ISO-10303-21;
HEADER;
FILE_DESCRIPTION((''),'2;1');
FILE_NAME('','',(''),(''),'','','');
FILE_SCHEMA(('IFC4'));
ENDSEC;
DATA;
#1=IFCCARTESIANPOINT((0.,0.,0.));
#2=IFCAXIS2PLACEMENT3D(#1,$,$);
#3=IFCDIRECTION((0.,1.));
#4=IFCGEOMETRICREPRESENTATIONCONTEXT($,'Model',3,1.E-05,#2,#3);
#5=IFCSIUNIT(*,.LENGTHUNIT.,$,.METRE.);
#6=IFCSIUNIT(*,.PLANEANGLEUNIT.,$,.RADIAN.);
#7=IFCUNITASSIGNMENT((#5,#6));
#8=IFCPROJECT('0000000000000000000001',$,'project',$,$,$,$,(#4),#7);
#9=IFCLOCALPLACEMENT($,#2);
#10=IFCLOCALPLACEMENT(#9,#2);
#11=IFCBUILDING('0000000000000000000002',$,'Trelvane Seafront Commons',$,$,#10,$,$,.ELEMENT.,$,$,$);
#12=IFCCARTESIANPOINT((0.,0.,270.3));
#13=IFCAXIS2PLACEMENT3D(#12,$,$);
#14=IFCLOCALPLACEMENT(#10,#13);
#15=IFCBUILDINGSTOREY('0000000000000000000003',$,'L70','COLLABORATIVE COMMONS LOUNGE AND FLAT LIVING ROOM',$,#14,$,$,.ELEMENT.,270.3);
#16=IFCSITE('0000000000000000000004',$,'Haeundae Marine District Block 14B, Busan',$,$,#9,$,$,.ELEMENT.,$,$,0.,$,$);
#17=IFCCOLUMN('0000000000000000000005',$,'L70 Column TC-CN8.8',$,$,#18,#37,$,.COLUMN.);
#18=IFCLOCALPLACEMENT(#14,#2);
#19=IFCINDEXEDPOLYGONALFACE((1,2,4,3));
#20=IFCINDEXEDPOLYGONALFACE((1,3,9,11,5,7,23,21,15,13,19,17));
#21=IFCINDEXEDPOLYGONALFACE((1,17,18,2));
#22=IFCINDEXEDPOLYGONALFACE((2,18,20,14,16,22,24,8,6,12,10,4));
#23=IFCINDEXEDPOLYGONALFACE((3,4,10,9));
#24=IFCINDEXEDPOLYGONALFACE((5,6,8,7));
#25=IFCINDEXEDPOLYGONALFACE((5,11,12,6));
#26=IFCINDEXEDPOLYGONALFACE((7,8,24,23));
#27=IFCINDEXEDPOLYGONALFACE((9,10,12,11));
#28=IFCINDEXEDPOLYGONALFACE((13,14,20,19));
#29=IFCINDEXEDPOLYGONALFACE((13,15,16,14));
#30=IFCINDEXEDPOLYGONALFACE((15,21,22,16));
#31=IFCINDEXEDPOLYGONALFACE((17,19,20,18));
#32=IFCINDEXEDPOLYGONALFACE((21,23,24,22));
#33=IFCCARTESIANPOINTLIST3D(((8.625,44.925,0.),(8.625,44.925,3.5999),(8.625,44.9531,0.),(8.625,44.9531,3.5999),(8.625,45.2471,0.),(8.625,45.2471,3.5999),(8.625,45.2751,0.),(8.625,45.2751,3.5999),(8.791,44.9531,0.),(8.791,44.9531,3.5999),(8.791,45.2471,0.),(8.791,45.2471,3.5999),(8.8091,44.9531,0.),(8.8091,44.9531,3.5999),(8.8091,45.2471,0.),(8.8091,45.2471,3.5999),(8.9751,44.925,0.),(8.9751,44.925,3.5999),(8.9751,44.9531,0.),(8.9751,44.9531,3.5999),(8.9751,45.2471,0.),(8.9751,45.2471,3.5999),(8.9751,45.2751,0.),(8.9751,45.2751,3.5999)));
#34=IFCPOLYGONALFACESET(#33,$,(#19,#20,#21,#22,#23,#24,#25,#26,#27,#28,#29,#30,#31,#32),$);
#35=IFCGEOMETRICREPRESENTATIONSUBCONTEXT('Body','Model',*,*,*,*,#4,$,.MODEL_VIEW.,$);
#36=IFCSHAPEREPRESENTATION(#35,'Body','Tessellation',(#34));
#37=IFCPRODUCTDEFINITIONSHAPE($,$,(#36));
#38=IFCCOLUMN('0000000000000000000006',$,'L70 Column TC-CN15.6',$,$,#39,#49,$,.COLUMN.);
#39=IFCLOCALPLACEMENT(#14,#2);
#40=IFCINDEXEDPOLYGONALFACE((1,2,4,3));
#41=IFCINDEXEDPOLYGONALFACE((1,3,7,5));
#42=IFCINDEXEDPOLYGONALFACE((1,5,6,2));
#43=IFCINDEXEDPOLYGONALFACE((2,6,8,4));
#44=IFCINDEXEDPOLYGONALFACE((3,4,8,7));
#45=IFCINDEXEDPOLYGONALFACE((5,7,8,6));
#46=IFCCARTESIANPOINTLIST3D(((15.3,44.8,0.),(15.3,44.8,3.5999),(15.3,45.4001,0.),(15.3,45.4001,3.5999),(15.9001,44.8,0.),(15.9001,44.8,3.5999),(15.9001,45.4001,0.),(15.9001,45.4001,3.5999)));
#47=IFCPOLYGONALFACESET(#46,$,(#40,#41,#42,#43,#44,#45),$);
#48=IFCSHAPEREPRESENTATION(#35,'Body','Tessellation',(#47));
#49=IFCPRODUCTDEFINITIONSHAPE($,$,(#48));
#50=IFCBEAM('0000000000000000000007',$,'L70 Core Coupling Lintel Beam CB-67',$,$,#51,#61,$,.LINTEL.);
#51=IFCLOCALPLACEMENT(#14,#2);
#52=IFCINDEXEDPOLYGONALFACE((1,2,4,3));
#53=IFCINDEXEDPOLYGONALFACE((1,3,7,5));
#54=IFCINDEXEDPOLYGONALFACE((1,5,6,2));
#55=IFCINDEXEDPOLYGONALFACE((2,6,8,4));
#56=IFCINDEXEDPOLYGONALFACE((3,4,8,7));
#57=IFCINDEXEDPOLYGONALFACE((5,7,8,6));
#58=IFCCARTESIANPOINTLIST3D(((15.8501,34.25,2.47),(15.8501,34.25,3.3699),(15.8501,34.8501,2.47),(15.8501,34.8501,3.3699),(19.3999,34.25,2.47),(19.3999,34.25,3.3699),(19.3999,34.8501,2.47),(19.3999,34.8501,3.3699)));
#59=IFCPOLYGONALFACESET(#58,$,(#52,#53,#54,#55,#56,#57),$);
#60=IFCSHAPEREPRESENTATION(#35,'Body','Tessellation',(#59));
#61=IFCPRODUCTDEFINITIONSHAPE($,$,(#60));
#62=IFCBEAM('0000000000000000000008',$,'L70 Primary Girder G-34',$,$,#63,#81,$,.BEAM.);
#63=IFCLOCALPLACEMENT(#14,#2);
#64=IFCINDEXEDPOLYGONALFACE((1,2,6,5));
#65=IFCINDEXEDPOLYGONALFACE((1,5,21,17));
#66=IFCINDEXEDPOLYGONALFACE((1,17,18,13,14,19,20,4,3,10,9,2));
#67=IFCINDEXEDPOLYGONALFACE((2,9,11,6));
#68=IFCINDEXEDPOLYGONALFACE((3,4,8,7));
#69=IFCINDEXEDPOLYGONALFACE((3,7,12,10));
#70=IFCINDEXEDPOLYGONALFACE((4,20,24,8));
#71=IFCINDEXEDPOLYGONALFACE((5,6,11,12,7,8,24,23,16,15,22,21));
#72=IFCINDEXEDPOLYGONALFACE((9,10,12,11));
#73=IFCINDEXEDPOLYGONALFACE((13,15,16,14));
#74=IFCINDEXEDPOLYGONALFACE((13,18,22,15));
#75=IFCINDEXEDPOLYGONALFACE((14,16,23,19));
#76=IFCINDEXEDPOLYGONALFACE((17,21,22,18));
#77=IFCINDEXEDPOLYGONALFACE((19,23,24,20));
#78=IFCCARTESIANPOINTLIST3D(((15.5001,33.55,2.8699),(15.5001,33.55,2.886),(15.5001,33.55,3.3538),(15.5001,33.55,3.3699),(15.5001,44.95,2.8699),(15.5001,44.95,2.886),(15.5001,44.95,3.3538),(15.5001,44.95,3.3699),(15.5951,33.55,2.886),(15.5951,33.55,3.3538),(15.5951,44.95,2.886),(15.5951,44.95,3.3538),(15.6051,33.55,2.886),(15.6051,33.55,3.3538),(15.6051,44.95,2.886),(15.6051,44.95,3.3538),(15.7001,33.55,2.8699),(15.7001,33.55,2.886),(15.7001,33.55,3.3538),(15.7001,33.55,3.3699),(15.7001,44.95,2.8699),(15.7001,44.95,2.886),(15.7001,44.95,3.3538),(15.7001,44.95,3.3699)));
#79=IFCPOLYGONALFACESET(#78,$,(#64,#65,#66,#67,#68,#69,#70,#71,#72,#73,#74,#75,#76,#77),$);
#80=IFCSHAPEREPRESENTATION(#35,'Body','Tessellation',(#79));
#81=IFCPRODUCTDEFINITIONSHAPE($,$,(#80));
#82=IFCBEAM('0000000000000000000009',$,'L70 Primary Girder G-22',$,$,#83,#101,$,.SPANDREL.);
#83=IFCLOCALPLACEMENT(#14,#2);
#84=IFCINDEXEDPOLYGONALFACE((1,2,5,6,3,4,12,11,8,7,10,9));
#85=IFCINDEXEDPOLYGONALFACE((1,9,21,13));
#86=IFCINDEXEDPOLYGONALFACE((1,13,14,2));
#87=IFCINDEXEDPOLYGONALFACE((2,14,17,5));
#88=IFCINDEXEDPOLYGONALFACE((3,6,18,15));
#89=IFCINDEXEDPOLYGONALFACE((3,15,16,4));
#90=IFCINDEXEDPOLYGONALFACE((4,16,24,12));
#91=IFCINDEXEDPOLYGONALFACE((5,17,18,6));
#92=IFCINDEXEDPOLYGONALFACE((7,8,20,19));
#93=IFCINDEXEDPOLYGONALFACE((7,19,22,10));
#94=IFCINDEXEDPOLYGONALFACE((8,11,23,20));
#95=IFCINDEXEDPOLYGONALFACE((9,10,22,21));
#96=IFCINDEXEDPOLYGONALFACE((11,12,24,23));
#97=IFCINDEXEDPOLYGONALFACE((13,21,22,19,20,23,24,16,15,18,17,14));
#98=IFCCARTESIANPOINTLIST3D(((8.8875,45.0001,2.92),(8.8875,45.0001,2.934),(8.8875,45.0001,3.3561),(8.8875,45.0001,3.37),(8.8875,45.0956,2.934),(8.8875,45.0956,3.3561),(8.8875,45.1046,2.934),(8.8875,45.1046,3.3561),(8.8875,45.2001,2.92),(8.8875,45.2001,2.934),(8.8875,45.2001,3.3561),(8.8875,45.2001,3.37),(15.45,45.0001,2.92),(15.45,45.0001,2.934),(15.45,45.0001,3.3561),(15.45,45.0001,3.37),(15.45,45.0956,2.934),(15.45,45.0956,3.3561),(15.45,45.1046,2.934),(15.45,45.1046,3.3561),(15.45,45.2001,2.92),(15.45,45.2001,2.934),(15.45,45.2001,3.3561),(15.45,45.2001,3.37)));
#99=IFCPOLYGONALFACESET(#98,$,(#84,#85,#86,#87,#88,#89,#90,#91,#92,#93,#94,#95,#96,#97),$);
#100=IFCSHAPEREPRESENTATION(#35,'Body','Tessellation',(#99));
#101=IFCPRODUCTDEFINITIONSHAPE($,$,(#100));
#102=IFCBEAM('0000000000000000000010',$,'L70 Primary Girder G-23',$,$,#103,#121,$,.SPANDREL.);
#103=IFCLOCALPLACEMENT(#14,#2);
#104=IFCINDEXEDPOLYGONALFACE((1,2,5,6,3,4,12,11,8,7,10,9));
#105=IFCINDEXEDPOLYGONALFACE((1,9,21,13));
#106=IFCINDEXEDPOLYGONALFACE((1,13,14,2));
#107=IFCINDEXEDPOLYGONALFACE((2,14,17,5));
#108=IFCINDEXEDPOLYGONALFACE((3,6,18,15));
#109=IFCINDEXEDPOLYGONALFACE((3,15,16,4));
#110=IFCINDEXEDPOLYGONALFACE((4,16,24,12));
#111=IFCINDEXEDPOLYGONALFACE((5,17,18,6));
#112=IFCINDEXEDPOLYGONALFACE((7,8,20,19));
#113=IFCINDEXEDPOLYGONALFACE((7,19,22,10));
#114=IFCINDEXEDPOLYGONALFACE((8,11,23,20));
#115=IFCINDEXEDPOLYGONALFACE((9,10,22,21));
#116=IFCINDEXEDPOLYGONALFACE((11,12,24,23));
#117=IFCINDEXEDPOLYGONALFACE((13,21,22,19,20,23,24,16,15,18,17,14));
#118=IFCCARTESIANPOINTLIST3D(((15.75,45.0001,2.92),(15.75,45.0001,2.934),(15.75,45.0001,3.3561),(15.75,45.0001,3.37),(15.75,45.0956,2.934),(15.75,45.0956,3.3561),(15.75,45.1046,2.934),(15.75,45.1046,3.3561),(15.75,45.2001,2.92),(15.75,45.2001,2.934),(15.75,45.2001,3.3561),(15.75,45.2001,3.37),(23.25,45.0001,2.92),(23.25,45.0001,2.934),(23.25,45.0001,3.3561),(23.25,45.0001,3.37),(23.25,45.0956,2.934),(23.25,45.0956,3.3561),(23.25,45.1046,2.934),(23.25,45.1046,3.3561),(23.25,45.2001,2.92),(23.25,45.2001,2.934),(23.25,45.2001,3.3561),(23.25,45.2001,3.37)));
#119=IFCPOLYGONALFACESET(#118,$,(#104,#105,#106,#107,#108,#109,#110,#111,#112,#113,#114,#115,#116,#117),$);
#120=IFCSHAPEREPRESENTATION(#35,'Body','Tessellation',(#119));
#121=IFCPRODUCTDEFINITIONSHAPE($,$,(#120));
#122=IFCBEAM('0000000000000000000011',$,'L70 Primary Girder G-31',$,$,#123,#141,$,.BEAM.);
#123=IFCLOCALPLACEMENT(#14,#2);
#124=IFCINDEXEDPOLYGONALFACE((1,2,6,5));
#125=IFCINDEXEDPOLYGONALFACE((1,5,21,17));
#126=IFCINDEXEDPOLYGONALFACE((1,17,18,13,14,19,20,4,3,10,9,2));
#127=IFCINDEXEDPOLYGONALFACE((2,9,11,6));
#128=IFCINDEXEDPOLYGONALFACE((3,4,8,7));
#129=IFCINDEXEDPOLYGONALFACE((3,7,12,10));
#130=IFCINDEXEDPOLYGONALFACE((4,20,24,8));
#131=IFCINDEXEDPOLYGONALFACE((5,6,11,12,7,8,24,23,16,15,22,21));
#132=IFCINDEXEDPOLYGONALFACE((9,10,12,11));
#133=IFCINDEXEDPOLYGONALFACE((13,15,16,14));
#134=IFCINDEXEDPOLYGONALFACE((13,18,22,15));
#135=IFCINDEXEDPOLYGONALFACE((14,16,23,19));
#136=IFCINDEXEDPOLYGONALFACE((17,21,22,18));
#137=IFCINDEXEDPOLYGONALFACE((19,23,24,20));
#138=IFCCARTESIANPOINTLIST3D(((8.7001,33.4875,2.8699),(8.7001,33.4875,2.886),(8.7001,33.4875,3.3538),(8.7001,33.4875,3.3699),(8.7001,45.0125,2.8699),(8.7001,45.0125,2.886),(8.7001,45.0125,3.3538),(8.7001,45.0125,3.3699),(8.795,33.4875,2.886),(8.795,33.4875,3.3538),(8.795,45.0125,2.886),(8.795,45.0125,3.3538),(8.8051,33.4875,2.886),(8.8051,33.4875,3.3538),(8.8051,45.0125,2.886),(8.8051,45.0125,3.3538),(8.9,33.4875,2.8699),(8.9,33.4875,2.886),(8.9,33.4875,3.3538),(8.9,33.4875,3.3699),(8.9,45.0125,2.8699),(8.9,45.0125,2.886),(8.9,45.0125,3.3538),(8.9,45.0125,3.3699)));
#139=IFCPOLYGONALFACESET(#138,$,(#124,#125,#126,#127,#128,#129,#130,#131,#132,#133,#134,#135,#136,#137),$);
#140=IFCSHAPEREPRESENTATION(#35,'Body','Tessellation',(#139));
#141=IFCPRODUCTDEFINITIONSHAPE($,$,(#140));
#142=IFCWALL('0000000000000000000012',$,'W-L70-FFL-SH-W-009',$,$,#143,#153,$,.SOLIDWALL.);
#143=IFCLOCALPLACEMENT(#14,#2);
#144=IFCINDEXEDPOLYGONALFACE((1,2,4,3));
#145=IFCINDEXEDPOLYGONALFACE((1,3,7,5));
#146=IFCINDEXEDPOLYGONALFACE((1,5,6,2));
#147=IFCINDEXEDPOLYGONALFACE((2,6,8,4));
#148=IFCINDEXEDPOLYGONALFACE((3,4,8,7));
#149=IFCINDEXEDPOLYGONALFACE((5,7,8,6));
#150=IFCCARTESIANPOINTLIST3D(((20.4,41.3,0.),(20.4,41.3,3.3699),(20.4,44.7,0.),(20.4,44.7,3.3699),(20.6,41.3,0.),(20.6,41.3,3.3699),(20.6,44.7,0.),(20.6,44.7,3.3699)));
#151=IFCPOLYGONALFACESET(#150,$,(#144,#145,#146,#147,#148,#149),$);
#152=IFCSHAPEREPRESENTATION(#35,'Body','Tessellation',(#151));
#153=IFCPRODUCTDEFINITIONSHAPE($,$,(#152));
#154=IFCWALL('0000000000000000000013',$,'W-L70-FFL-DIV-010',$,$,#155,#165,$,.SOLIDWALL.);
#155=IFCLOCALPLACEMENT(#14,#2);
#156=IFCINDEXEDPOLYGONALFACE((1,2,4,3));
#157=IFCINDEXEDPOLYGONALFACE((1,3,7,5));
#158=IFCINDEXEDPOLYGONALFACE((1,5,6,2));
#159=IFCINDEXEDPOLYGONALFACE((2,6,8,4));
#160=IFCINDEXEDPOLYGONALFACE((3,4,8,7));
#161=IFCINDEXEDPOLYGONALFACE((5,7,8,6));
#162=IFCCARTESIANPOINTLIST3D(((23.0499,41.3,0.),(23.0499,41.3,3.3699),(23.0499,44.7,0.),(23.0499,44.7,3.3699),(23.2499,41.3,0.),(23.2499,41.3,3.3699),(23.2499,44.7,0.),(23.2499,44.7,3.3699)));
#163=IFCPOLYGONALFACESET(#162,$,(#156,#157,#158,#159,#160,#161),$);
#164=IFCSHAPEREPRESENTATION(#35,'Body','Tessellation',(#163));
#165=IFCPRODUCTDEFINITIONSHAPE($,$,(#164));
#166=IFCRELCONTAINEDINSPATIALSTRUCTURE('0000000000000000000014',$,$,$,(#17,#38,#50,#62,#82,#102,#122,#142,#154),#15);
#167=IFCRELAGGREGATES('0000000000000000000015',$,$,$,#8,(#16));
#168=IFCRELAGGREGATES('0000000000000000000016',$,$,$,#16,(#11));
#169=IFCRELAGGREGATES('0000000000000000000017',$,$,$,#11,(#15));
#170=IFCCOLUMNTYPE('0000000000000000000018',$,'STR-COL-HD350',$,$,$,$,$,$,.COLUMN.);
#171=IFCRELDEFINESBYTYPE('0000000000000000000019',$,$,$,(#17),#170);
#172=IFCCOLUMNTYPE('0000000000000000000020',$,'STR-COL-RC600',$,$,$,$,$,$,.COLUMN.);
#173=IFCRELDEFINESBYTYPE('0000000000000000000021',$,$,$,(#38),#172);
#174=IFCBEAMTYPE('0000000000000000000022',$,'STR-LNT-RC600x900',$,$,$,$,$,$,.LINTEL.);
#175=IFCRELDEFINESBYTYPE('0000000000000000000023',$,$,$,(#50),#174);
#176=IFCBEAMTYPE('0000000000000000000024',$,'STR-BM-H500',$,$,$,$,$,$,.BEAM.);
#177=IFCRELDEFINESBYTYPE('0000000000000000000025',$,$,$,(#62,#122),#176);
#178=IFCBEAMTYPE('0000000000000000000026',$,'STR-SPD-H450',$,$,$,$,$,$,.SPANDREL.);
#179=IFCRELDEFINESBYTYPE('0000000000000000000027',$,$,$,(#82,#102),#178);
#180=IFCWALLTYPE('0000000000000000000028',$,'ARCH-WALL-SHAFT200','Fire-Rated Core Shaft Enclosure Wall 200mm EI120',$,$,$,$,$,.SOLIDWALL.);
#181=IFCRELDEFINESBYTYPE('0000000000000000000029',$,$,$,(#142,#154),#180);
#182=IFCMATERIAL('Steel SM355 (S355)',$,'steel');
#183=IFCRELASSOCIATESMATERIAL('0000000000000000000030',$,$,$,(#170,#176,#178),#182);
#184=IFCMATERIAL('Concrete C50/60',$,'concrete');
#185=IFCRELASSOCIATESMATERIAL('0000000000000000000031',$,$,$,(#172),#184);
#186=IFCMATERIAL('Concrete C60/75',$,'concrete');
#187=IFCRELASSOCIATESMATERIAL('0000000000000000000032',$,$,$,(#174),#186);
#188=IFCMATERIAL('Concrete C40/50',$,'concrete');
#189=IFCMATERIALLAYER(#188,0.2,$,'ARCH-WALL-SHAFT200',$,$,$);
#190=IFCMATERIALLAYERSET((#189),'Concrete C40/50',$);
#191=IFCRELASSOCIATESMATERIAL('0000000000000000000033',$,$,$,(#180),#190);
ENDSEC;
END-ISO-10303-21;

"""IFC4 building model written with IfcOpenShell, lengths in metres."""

from ifc_helpers import new_model, si_unit, direction, frame, frame_2d, origin, origin_2d, place, context, subcontext, project, spatial, rectangle, i_section, extrude, source, transform, mapped, material, layer, layer_set, material_profile, profile_set, type_object, element, save


model = new_model("IFC4")

# Units and contexts
model_context = context("Model", 3, precision=1e-05, world=origin(), true_north=direction((0.0, 1.0)))
body_context = subcontext(model_context, "Body", "Model", "MODEL_VIEW")
ifc_project = project(units=[si_unit("LENGTHUNIT", "METRE"), si_unit("PLANEANGLEUNIT", "RADIAN")], contexts=[model_context])

# Site, building, storey
site_placement = place(None, origin())
site = spatial("IfcSite", under=ifc_project, at=site_placement, Name="Haeundae Marine District Block 14B, Busan", CompositionType="ELEMENT", RefElevation=0.0)
building_placement = place(site_placement, origin())
building = spatial("IfcBuilding", under=site, at=building_placement, Name="Trelvane Seafront Commons", CompositionType="ELEMENT")
storey_placement = place(building_placement, frame((0.0, 0.0, 270.3)))
storey = spatial("IfcBuildingStorey", under=building, at=storey_placement, Name="L70", Description="COLLABORATIVE COMMONS LOUNGE AND FLAT LIVING ROOM", CompositionType="ELEMENT", Elevation=270.3)

# Columns
ifc_material_1 = material(Name="Steel SM355 (S355)", Category="steel")
ifc_material_profile_1 = material_profile(ifc_material_1, i_section(OverallWidth=0.3501, OverallDepth=0.3501, WebThickness=0.0181, FlangeThickness=0.0281, at=origin_2d()), Name="HD-350x350x18x28")
ifc_profile_set_1 = profile_set([ifc_material_profile_1], Name="Steel SM355 (S355)")
column_type_1 = type_object("IfcColumnType", Name="STR-COL-HD350", PredefinedType="COLUMN", material=ifc_profile_set_1)
shared_shape_1 = source(origin(), body_context, "Body", "SweptSolid", [
    extrude(i_section(OverallWidth=0.3501, OverallDepth=0.3501, WebThickness=0.0181, FlangeThickness=0.0281, at=origin_2d()), origin(), (0.0, 0.0, 1.0), 3.5999),
])
column_1_placement = place(storey_placement, frame((8.8, 45.1001, 0.0), z_axis=(0.0, 0.0, 1.0), x_axis=(1.0, 0.0, 0.0)))
element("IfcColumn", 1, at=column_1_placement, inside=storey, type_object=column_type_1, Name="L70 Column TC-CN8.8", PredefinedType="COLUMN", context=body_context, shape_type="MappedRepresentation", body=[
    mapped(shared_shape_1, transform((0.0, 0.0, 0.0), x_axis=(1.0, 0.0, 0.0), y_axis=(0.0, 1.0, 0.0), z_axis=(0.0, 0.0, 1.0), scale=1.0)),
])
ifc_material_2 = material(Name="Concrete C50/60", Category="concrete")
ifc_material_profile_2 = material_profile(ifc_material_2, rectangle(XDim=0.6001, YDim=0.6001, at=origin_2d()), Name="RC-600x600")
ifc_profile_set_2 = profile_set([ifc_material_profile_2], Name="Concrete C50/60")
column_type_2 = type_object("IfcColumnType", Name="STR-COL-RC600", PredefinedType="COLUMN", material=ifc_profile_set_2)
shared_shape_2 = source(origin(), body_context, "Body", "SweptSolid", [
    extrude(rectangle(XDim=0.6001, YDim=0.6001, at=origin_2d()), origin(), (0.0, 0.0, 1.0), 3.5999),
])
column_2_placement = place(storey_placement, frame((15.6001, 45.1001, 0.0), z_axis=(0.0, 0.0, 1.0), x_axis=(1.0, 0.0, 0.0)))
element("IfcColumn", 2, at=column_2_placement, inside=storey, type_object=column_type_2, Name="L70 Column TC-CN15.6", PredefinedType="COLUMN", context=body_context, shape_type="MappedRepresentation", body=[
    mapped(shared_shape_2, transform((0.0, 0.0, 0.0), x_axis=(1.0, 0.0, 0.0), y_axis=(0.0, 1.0, 0.0), z_axis=(0.0, 0.0, 1.0), scale=1.0)),
])

# Beams
ifc_material_3 = material(Name="Concrete C60/75", Category="concrete")
ifc_material_profile_3 = material_profile(ifc_material_3, rectangle(XDim=0.6001, YDim=0.8999, at=origin_2d()), Name="RC-600x900")
ifc_profile_set_3 = profile_set([ifc_material_profile_3], Name="Concrete C60/75")
beam_type_1 = type_object("IfcBeamType", Name="STR-LNT-RC600x900", PredefinedType="LINTEL", material=ifc_profile_set_3)
shared_shape_3 = source(origin(), body_context, "Body", "SweptSolid", [
    extrude(rectangle(XDim=0.6001, YDim=0.8999, at=origin_2d()), origin(), (0.0, 0.0, 1.0), 3.5498),
])
beam_1_placement = place(storey_placement, frame((15.8501, 34.55, 2.9199), z_axis=(1.0, 0.0, 0.0), x_axis=(0.0, 1.0, 0.0)))
element("IfcBeam", 3, at=beam_1_placement, inside=storey, type_object=beam_type_1, Name="L70 Core Coupling Lintel Beam CB-67", PredefinedType="LINTEL", context=body_context, shape_type="MappedRepresentation", body=[
    mapped(shared_shape_3, transform((0.0, 0.0, 0.0), x_axis=(1.0, 0.0, 0.0), y_axis=(0.0, 1.0, 0.0), z_axis=(0.0, 0.0, 1.0), scale=1.0)),
])
ifc_material_profile_4 = material_profile(ifc_material_1, i_section(OverallWidth=0.2, OverallDepth=0.5, WebThickness=0.01, FlangeThickness=0.0161, at=origin_2d()), Name="H-500x200x10x16")
ifc_profile_set_4 = profile_set([ifc_material_profile_4], Name="Steel SM355 (S355)")
beam_type_2 = type_object("IfcBeamType", Name="STR-BM-H500", PredefinedType="BEAM", material=ifc_profile_set_4)
shared_shape_4 = source(origin(), body_context, "Body", "SweptSolid", [
    extrude(i_section(OverallWidth=0.2, OverallDepth=0.5, WebThickness=0.01, FlangeThickness=0.0161, at=origin_2d()), origin(), (0.0, 0.0, 1.0), 11.3999),
])
beam_2_placement = place(storey_placement, frame((15.6001, 33.55, 3.1199), z_axis=(0.0, 1.0, 0.0), x_axis=(-1.0, 0.0, 0.0)))
element("IfcBeam", 4, at=beam_2_placement, inside=storey, type_object=beam_type_2, Name="L70 Primary Girder G-34", PredefinedType="BEAM", context=body_context, shape_type="MappedRepresentation", body=[
    mapped(shared_shape_4, transform((0.0, 0.0, 0.0), x_axis=(1.0, 0.0, 0.0), y_axis=(0.0, 1.0, 0.0), z_axis=(0.0, 0.0, 1.0), scale=1.0)),
])
ifc_material_profile_5 = material_profile(ifc_material_1, i_section(OverallWidth=0.2, OverallDepth=0.45, WebThickness=0.009, FlangeThickness=0.0139, at=origin_2d()), Name="H-450x200x9x14")
ifc_profile_set_5 = profile_set([ifc_material_profile_5], Name="Steel SM355 (S355)")
beam_type_3 = type_object("IfcBeamType", Name="STR-SPD-H450", PredefinedType="SPANDREL", material=ifc_profile_set_5)
shared_shape_5 = source(origin(), body_context, "Body", "SweptSolid", [
    extrude(i_section(OverallWidth=0.2, OverallDepth=0.45, WebThickness=0.009, FlangeThickness=0.0139, at=origin_2d()), origin(), (0.0, 0.0, 1.0), 6.5625),
])
beam_3_placement = place(storey_placement, frame((8.8875, 45.1001, 3.145), z_axis=(1.0, 0.0, 0.0), x_axis=(0.0, 1.0, 0.0)))
element("IfcBeam", 5, at=beam_3_placement, inside=storey, type_object=beam_type_3, Name="L70 Primary Girder G-22", PredefinedType="SPANDREL", context=body_context, shape_type="MappedRepresentation", body=[
    mapped(shared_shape_5, transform((0.0, 0.0, 0.0), x_axis=(1.0, 0.0, 0.0), y_axis=(0.0, 1.0, 0.0), z_axis=(0.0, 0.0, 1.0), scale=1.0)),
])
shared_shape_6 = source(origin(), body_context, "Body", "SweptSolid", [
    extrude(i_section(OverallWidth=0.2, OverallDepth=0.45, WebThickness=0.009, FlangeThickness=0.0139, at=origin_2d()), origin(), (0.0, 0.0, 1.0), 7.5),
])
beam_4_placement = place(storey_placement, frame((15.75, 45.1001, 3.145), z_axis=(1.0, 0.0, 0.0), x_axis=(0.0, 1.0, 0.0)))
element("IfcBeam", 6, at=beam_4_placement, inside=storey, type_object=beam_type_3, Name="L70 Primary Girder G-23", PredefinedType="SPANDREL", context=body_context, shape_type="MappedRepresentation", body=[
    mapped(shared_shape_6, transform((0.0, 0.0, 0.0), x_axis=(1.0, 0.0, 0.0), y_axis=(0.0, 1.0, 0.0), z_axis=(0.0, 0.0, 1.0), scale=1.0)),
])
shared_shape_7 = source(origin(), body_context, "Body", "SweptSolid", [
    extrude(i_section(OverallWidth=0.2, OverallDepth=0.5, WebThickness=0.01, FlangeThickness=0.0161, at=origin_2d()), origin(), (0.0, 0.0, 1.0), 11.5249),
])
beam_5_placement = place(storey_placement, frame((8.8, 33.4875, 3.1199), z_axis=(0.0, 1.0, 0.0), x_axis=(-1.0, 0.0, 0.0)))
element("IfcBeam", 7, at=beam_5_placement, inside=storey, type_object=beam_type_2, Name="L70 Primary Girder G-31", PredefinedType="BEAM", context=body_context, shape_type="MappedRepresentation", body=[
    mapped(shared_shape_7, transform((0.0, 0.0, 0.0), x_axis=(1.0, 0.0, 0.0), y_axis=(0.0, 1.0, 0.0), z_axis=(0.0, 0.0, 1.0), scale=1.0)),
])

# Shared definitions
ifc_material_4 = material(Name="Concrete C40/50", Category="concrete")
ifc_layer_1 = layer(ifc_material_4, 0.2, Name="ARCH-WALL-SHAFT200")
ifc_layer_set_1 = layer_set([ifc_layer_1], Name="Concrete C40/50")
wall_type_1 = type_object("IfcWallType", Name="ARCH-WALL-SHAFT200", Description="Fire-Rated Core Shaft Enclosure Wall 200mm EI120", PredefinedType="SOLIDWALL", material=ifc_layer_set_1)

# Walls
for number, where, z_axis, x_axis, name in (
    (8, (20.5, 41.3, 0.0), (0.0, 0.0, 1.0), (0.0, 1.0, 0.0), "W-L70-FFL-SH-W-009"),
    (9, (23.1499, 41.3, 0.0), (0.0, 0.0, 1.0), (0.0, 1.0, 0.0), "W-L70-FFL-DIV-010"),
):
    element("IfcWall", number, at=place(storey_placement, frame(where, z_axis=z_axis, x_axis=x_axis)), inside=storey, type_object=wall_type_1, Name=name, PredefinedType="SOLIDWALL", context=body_context, shape_type="SweptSolid", body=[
        extrude(rectangle(XDim=3.3999, YDim=0.2, at=frame_2d((1.7, 0.0))), origin(), (0.0, 0.0, 1.0), 3.3699),
    ])

save(model, "model.ifc")
